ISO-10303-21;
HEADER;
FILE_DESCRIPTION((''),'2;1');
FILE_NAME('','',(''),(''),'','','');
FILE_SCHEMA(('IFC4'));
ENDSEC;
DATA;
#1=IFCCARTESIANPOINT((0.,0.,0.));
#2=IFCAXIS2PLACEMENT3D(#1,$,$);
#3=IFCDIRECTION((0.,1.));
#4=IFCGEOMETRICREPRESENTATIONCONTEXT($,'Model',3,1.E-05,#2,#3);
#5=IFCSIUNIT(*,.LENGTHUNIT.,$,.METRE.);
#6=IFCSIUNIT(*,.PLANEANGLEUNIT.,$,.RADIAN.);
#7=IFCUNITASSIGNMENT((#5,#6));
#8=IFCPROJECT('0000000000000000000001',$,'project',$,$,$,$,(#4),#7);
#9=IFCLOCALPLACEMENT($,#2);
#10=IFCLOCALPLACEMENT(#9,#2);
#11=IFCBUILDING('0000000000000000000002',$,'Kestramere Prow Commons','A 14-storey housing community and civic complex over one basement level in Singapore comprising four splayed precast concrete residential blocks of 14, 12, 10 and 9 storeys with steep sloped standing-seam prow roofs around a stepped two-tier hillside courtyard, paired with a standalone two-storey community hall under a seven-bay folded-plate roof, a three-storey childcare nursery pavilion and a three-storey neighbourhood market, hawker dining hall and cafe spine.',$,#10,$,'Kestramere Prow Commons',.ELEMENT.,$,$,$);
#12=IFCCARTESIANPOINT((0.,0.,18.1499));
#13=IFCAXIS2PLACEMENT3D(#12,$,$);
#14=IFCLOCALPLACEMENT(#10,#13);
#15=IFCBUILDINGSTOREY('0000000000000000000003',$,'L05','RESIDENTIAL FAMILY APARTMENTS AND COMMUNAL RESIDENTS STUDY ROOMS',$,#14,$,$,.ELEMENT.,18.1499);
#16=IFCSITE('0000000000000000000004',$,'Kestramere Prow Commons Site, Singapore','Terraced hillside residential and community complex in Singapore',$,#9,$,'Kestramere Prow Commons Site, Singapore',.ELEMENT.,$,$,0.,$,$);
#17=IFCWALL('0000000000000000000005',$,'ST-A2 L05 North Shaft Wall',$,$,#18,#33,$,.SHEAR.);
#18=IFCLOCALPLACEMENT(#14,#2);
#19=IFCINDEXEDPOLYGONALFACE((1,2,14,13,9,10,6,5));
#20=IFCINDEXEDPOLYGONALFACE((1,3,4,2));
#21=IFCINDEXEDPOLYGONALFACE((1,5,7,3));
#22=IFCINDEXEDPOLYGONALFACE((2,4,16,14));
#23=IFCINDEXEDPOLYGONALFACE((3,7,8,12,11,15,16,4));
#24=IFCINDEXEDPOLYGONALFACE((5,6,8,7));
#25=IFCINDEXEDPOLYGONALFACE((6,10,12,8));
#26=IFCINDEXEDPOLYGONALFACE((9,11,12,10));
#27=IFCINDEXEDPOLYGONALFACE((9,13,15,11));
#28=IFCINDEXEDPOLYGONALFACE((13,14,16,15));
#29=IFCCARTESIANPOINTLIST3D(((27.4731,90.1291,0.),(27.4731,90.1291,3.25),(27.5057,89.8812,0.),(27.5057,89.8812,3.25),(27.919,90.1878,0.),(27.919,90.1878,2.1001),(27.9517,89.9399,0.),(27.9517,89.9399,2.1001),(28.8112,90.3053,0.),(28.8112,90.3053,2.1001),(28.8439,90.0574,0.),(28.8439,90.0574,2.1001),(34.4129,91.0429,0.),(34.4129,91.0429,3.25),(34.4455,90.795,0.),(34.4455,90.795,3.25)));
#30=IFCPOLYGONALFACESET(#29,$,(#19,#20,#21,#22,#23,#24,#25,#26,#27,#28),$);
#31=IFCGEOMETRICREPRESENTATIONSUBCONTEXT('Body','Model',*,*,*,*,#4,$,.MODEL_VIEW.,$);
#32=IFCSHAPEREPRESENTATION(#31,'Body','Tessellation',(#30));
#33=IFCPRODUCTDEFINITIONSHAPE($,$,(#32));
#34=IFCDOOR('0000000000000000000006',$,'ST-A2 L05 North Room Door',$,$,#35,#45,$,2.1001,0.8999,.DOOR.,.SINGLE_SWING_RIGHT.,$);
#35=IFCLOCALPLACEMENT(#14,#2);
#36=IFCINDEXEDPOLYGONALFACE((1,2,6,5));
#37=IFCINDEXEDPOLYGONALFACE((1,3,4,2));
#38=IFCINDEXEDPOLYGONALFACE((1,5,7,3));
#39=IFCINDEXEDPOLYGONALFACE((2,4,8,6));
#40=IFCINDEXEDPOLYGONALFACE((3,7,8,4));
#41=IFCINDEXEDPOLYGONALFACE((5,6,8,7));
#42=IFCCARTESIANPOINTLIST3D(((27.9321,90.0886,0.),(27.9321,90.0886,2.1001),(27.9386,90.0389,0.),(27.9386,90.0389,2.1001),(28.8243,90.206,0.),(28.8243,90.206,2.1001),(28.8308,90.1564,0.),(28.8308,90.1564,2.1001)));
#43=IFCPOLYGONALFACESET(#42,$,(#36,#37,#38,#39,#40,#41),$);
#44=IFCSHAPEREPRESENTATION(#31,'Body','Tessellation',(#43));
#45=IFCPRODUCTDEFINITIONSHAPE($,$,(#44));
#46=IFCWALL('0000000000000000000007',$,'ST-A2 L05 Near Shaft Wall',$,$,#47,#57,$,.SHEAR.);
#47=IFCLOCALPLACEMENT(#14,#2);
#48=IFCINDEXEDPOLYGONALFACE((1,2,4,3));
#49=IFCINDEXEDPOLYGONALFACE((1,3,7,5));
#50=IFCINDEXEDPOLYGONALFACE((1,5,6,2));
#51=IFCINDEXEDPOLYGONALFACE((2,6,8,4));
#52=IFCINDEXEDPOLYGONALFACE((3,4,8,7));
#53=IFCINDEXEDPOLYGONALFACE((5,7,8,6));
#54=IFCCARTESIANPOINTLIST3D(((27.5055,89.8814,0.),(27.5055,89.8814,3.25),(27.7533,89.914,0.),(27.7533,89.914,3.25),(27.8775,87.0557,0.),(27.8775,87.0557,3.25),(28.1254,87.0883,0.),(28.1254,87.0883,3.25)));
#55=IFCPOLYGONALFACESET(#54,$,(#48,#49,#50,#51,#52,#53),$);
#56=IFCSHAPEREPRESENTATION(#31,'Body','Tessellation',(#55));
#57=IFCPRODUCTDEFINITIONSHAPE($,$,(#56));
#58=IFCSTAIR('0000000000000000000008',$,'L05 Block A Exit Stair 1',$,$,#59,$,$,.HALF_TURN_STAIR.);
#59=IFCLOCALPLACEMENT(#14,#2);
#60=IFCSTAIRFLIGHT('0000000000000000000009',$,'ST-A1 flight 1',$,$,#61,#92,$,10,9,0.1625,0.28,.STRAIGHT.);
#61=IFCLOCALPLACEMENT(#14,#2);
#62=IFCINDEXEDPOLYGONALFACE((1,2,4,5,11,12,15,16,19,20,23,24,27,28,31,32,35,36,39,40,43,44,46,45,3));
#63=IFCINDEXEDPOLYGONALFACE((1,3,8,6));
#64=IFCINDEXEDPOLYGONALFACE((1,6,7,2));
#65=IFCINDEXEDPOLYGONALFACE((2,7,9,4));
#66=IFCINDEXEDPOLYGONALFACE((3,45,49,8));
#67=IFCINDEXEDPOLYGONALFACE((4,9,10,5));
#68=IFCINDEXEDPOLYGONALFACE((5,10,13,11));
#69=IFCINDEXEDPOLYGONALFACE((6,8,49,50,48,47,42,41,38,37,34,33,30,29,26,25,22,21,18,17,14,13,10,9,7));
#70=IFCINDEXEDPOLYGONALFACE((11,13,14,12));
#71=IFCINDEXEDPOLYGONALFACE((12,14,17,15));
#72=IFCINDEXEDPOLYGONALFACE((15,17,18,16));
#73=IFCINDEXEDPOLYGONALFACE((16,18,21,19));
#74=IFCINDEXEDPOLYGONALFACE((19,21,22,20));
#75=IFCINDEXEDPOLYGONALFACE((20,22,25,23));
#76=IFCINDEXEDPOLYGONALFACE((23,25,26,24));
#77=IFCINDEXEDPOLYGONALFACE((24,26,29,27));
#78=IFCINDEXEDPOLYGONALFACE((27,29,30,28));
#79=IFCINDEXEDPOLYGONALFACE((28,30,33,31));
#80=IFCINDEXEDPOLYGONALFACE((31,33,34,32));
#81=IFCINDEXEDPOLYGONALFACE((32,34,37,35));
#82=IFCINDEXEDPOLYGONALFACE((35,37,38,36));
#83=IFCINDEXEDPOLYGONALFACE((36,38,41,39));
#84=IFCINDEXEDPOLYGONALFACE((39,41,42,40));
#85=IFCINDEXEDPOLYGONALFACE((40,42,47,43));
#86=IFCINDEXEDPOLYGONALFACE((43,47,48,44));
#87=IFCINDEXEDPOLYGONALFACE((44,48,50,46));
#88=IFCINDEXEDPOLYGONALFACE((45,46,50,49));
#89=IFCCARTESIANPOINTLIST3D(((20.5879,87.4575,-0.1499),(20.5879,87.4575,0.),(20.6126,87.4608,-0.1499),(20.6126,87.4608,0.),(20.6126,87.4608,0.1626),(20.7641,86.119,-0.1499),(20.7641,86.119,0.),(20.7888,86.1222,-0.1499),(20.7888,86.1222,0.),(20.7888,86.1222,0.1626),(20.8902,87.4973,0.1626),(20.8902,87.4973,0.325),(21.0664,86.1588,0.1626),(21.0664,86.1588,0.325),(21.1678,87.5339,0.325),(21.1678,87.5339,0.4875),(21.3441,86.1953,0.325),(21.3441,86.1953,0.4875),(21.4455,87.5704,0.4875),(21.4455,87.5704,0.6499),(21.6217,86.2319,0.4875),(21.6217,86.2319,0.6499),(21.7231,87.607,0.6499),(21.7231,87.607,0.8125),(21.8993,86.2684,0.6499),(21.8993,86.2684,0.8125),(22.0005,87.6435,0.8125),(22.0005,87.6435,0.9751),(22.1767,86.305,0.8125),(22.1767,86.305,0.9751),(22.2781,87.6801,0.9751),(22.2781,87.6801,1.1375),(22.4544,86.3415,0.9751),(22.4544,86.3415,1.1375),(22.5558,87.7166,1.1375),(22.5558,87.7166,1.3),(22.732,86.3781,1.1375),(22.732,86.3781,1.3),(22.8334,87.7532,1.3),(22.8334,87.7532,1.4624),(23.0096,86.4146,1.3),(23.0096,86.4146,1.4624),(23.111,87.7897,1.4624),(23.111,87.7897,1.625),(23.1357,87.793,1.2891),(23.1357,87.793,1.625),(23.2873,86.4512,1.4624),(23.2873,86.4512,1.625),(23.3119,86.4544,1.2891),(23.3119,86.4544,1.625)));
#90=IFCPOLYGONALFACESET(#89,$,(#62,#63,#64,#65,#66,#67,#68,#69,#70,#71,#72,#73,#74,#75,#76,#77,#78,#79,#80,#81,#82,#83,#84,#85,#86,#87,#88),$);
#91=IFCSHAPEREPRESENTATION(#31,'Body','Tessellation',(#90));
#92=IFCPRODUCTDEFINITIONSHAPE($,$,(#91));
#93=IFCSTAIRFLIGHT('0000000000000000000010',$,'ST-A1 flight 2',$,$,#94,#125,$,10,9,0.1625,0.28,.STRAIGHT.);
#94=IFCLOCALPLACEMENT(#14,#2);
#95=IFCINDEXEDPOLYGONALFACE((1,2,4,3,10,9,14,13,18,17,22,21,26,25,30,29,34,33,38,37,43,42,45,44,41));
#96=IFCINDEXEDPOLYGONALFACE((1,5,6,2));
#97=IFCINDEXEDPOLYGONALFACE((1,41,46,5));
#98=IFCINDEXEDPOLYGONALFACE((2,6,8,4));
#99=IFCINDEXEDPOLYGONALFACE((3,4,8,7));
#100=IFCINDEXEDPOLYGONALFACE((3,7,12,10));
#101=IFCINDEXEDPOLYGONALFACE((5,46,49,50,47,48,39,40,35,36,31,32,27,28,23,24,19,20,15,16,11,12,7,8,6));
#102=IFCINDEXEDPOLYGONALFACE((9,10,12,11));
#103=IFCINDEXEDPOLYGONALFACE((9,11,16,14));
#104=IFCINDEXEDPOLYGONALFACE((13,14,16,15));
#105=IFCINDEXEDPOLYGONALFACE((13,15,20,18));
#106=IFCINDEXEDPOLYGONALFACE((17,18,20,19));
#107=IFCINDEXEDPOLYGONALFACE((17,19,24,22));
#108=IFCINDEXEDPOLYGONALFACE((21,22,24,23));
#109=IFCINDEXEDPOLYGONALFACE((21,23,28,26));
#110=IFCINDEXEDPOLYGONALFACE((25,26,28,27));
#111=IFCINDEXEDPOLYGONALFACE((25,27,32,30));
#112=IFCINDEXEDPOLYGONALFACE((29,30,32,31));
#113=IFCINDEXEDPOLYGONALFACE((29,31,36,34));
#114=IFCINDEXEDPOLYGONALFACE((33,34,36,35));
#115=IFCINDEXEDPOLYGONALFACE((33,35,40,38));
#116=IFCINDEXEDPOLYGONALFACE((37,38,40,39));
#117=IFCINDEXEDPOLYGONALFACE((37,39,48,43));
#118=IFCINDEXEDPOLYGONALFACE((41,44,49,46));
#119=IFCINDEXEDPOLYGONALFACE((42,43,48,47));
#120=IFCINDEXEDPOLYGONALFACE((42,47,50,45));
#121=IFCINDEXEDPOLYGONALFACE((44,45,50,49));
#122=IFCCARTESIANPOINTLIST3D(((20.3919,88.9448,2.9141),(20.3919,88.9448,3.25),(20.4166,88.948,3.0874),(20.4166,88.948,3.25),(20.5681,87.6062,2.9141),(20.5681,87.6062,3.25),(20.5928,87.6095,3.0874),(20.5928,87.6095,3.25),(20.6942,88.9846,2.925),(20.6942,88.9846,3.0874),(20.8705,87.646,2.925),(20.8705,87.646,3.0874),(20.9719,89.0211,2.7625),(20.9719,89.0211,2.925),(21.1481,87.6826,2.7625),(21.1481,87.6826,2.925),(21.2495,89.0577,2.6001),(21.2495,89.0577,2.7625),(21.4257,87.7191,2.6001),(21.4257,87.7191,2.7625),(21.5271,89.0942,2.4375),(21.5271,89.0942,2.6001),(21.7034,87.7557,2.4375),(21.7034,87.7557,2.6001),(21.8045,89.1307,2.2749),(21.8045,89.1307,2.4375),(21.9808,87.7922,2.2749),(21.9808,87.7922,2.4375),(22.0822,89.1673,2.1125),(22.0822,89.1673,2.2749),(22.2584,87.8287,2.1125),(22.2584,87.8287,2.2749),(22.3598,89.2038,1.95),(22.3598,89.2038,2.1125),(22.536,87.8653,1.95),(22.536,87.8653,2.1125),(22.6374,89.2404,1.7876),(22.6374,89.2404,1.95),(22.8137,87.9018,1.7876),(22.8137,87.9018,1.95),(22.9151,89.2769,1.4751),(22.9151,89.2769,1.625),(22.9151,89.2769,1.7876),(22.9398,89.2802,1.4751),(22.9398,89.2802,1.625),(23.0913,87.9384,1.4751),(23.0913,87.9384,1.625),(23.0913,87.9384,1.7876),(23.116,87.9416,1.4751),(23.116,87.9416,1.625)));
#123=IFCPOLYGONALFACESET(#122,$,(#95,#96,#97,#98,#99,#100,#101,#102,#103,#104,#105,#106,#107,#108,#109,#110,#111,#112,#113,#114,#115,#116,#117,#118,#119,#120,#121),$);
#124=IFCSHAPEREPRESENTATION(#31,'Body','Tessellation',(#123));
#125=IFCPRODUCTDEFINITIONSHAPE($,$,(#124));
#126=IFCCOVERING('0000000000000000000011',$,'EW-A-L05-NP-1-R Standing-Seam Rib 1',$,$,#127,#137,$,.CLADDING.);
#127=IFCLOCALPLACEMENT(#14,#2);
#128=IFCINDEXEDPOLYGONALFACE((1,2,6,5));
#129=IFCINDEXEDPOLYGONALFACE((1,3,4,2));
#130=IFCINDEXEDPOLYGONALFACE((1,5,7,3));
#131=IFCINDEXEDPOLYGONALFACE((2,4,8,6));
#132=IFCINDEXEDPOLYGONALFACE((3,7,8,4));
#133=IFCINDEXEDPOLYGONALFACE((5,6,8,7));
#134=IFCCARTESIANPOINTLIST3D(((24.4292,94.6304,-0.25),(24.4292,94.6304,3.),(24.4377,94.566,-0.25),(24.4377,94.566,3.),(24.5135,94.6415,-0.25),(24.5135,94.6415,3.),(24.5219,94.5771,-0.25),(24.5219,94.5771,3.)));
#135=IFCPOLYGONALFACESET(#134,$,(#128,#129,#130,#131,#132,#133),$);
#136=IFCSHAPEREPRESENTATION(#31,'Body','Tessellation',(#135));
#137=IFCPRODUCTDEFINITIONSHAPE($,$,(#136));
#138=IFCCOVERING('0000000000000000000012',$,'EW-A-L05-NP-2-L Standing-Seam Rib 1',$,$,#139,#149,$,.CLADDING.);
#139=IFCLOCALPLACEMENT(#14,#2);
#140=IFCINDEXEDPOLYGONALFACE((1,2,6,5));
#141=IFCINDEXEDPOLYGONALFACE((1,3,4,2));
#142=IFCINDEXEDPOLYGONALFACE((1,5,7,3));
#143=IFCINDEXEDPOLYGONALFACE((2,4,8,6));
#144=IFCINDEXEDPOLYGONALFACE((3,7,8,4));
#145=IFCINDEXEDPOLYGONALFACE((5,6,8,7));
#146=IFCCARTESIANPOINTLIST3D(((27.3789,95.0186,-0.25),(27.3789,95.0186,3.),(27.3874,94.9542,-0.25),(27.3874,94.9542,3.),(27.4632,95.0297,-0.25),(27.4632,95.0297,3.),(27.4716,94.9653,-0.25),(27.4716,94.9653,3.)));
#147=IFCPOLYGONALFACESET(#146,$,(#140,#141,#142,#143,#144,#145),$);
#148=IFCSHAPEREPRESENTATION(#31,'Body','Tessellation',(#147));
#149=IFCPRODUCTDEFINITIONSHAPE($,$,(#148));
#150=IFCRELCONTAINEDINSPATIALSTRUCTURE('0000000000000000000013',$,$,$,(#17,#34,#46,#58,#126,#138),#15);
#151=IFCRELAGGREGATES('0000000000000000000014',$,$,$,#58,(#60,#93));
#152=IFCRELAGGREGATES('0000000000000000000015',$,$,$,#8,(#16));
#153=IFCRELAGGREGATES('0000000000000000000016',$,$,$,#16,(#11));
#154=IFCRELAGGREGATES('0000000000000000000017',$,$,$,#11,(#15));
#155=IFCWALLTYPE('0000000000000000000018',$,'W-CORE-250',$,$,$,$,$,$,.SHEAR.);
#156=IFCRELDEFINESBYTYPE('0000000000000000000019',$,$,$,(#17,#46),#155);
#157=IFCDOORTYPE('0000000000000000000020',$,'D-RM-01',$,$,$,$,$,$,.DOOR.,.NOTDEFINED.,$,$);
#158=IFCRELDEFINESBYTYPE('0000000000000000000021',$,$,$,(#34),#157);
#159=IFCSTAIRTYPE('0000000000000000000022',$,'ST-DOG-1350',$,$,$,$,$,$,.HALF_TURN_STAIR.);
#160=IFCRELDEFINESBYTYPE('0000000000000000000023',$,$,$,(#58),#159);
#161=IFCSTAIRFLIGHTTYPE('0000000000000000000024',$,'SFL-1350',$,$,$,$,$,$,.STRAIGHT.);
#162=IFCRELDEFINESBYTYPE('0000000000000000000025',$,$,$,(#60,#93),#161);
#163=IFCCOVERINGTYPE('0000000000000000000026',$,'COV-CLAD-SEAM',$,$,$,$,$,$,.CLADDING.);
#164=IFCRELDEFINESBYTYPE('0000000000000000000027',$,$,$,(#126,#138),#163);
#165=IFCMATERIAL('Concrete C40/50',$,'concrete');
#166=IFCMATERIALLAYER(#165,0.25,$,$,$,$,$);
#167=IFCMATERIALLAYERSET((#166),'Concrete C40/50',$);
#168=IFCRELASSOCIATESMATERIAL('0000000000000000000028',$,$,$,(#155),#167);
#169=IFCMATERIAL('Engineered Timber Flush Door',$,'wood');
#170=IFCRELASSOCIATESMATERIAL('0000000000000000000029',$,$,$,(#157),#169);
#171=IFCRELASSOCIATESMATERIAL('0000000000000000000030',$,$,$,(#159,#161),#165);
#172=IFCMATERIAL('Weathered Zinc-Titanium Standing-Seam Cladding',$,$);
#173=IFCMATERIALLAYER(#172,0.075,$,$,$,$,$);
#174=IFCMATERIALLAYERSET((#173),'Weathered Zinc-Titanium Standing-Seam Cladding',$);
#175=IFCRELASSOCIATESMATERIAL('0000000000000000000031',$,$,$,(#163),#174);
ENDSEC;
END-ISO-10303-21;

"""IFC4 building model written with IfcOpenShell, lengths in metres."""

from ifc_helpers import new_model, si_unit, direction, frame, frame_2d, origin, origin_2d, place, context, subcontext, project, spatial, polyline, rectangle, outline, extrude, material, layer, layer_set, type_object, element, fill, aggregate, save


model = new_model("IFC4")

# Units and contexts
model_context = context("Model", 3, precision=1e-05, world=origin(), true_north=direction((0.0, 1.0)))
body_context = subcontext(model_context, "Body", "Model", "MODEL_VIEW")
ifc_project = project(units=[si_unit("LENGTHUNIT", "METRE"), si_unit("PLANEANGLEUNIT", "RADIAN")], contexts=[model_context])

# Site, building, storey
site_placement = place(None, origin())
site = spatial("IfcSite", under=ifc_project, at=site_placement, Name="Kestramere Prow Commons Site, Singapore", Description="Terraced hillside residential and community complex in Singapore", LongName="Kestramere Prow Commons Site, Singapore", CompositionType="ELEMENT", RefElevation=0.0)
building_placement = place(site_placement, origin())
building = spatial("IfcBuilding", under=site, at=building_placement, Name="Kestramere Prow Commons", Description="A 14-storey housing community and civic complex over one basement level in Singapore comprising four splayed precast concrete residential blocks of 14, 12, 10 and 9 storeys with steep sloped standing-seam prow roofs around a stepped two-tier hillside courtyard, paired with a standalone two-storey community hall under a seven-bay folded-plate roof, a three-storey childcare nursery pavilion and a three-storey neighbourhood market, hawker dining hall and cafe spine.", LongName="Kestramere Prow Commons", CompositionType="ELEMENT")
storey_placement = place(building_placement, frame((0.0, 0.0, 18.1499)))
storey = spatial("IfcBuildingStorey", under=building, at=storey_placement, Name="L05", Description="RESIDENTIAL FAMILY APARTMENTS AND COMMUNAL RESIDENTS STUDY ROOMS", CompositionType="ELEMENT", Elevation=18.1499)

# Shared definitions
ifc_material_1 = material(Name="Concrete C40/50", Category="concrete")

# Shared definitions
ifc_layer_1 = layer(ifc_material_1, 0.25)
ifc_layer_set_1 = layer_set([ifc_layer_1], Name="Concrete C40/50")
wall_type_1 = type_object("IfcWallType", Name="W-CORE-250", PredefinedType="SHEAR", material=ifc_layer_set_1)

# Wall, opening, door
wall_1_placement = place(storey_placement, frame((27.4893, 90.0051, 0.0), z_axis=(0.0, 0.0, 1.0), x_axis=(0.991442, 0.130548, 0.0)))
wall_1 = element("IfcWall", 1, at=wall_1_placement, inside=storey, type_object=wall_type_1, Name="ST-A2 L05 North Shaft Wall", PredefinedType="SHEAR", context=body_context, shape_type="SweptSolid", body=[
    extrude(rectangle(XDim=6.9998, YDim=0.25, at=frame_2d((3.5, 0.0))), origin(), (0.0, 0.0, 1.0), 3.25),
])
opening_1_placement = place(wall_1_placement, frame((0.45, 0.0, 0.0)))
opening_1 = element("IfcOpeningElement", 2, at=opening_1_placement, cuts=wall_1, PredefinedType="OPENING", context=body_context, shape_type="SweptSolid", body=[
    extrude(rectangle(XDim=0.8999, YDim=2.1001, at=frame_2d((0.45, 1.05))), frame((0.0, 0.1399, 0.0), z_axis=(0.0, -1.0, 0.0), x_axis=(1.0, 0.0, 0.0)), (0.0, 0.0, 1.0), 0.28),
])
ifc_material_2 = material(Name="Engineered Timber Flush Door", Category="wood")
door_type_1 = type_object("IfcDoorType", Name="D-RM-01", OperationType="NOTDEFINED", PredefinedType="DOOR", material=ifc_material_2)
door_1_placement = place(opening_1_placement, origin())
door_1 = element("IfcDoor", 3, at=door_1_placement, inside=storey, type_object=door_type_1, Name="ST-A2 L05 North Room Door", OperationType="SINGLE_SWING_RIGHT", OverallHeight=2.1001, OverallWidth=0.8999, PredefinedType="DOOR", context=body_context, shape_type="SweptSolid", body=[
    extrude(rectangle(XDim=0.8999, YDim=2.1001, at=frame_2d((0.45, 1.05))), frame((0.0, 0.0249, 0.0), z_axis=(0.0, -1.0, 0.0), x_axis=(1.0, 0.0, 0.0)), (0.0, 0.0, 1.0), 0.05),
])
fill(opening_1, door_1)

# Wall
wall_2_placement = place(storey_placement, frame((28.0015, 87.072, 0.0), z_axis=(0.0, 0.0, 1.0), x_axis=(-0.130548, 0.991442, 0.0)))
element("IfcWall", 4, at=wall_2_placement, inside=storey, type_object=wall_type_1, Name="ST-A2 L05 Near Shaft Wall", PredefinedType="SHEAR", context=body_context, shape_type="SweptSolid", body=[
    extrude(rectangle(XDim=2.8501, YDim=0.25, at=frame_2d((1.425, 0.0))), origin(), (0.0, 0.0, 1.0), 3.25),
])

# Stair, stair flights
stair_type = type_object("IfcStairType", Name="ST-DOG-1350", PredefinedType="HALF_TURN_STAIR", material=ifc_material_1)
stair_placement = place(storey_placement, origin())
stair = element("IfcStair", 5, at=stair_placement, inside=storey, type_object=stair_type, Name="L05 Block A Exit Stair 1", PredefinedType="HALF_TURN_STAIR")
stair_flight_type = type_object("IfcStairFlightType", Name="SFL-1350", PredefinedType="STRAIGHT", material=ifc_material_1)
stair_flight_1_placement = place(storey_placement, frame((20.7007, 86.7915, 0.0), z_axis=(0.0, 0.0, 1.0), x_axis=(0.991445, 0.130526, 0.0)))
stair_flight_1 = element("IfcStairFlight", 6, at=stair_flight_1_placement, type_object=stair_flight_type, Name="ST-A1 flight 1", NumberOfRisers=10, NumberOfTreads=9, PredefinedType="STRAIGHT", RiserHeight=0.1625, TreadLength=0.28, context=body_context, shape_type="SweptSolid", body=[
    extrude(outline(polyline([(-0.0249, 0.0), (0.0, 0.0), (0.0, 0.1626), (0.28, 0.1626), (0.28, 0.325), (0.5601, 0.325), (0.5601, 0.4875), (0.8401, 0.4875), (0.8401, 0.6499), (1.1201, 0.6499), (1.1201, 0.8125), (1.3999, 0.8125), (1.3999, 0.9751), (1.6799, 0.9751), (1.6799, 1.1375), (1.96, 1.1375), (1.96, 1.3), (2.24, 1.3), (2.24, 1.4624), (2.52, 1.4624), (2.52, 1.625), (2.5449, 1.625), (2.5449, 1.2891), (0.0, -0.1499), (-0.0249, -0.1499), (-0.0249, 0.0)])), frame((0.0, 0.675, 0.0), z_axis=(0.0, -1.0, 0.0), x_axis=(1.0, 0.0, 0.0)), (0.0, 0.0, 1.0), 1.3501),
])
stair_flight_2_placement = place(storey_placement, frame((23.0032, 88.6077, 1.625), z_axis=(0.0, 0.0, 1.0), x_axis=(-0.991445, -0.130526, 0.0)))
stair_flight_2 = element("IfcStairFlight", 7, at=stair_flight_2_placement, type_object=stair_flight_type, Name="ST-A1 flight 2", NumberOfRisers=10, NumberOfTreads=9, PredefinedType="STRAIGHT", RiserHeight=0.1625, TreadLength=0.28, context=body_context, shape_type="SweptSolid", body=[
    extrude(outline(polyline([(-0.0249, 0.0), (0.0, 0.0), (0.0, 0.1626), (0.28, 0.1626), (0.28, 0.325), (0.5601, 0.325), (0.5601, 0.4875), (0.8401, 0.4875), (0.8401, 0.6499), (1.1201, 0.6499), (1.1201, 0.8125), (1.3999, 0.8125), (1.3999, 0.9751), (1.6799, 0.9751), (1.6799, 1.1375), (1.96, 1.1375), (1.96, 1.3), (2.24, 1.3), (2.24, 1.4624), (2.52, 1.4624), (2.52, 1.625), (2.5449, 1.625), (2.5449, 1.2891), (0.0, -0.1499), (-0.0249, -0.1499), (-0.0249, 0.0)])), frame((0.0, 0.675, 0.0), z_axis=(0.0, -1.0, 0.0), x_axis=(1.0, 0.0, 0.0)), (0.0, 0.0, 1.0), 1.3501),
])
aggregate(stair, [stair_flight_1, stair_flight_2])

# Coverings
ifc_material_3 = material(Name="Weathered Zinc-Titanium Standing-Seam Cladding")
ifc_layer_2 = layer(ifc_material_3, 0.075)
ifc_layer_set_2 = layer_set([ifc_layer_2], Name="Weathered Zinc-Titanium Standing-Seam Cladding")
covering_type = type_object("IfcCoveringType", Name="COV-CLAD-SEAM", PredefinedType="CLADDING", material=ifc_layer_set_2)
for number, where, z_axis, x_axis, name in (
    (8, (24.4756, 94.6038, -0.25), (0.0, 0.0, 1.0), (0.991445, 0.130526, 0.0), "EW-A-L05-NP-1-R Standing-Seam Rib 1"),
    (9, (27.4253, 94.9919, -0.25), (0.0, 0.0, 1.0), (0.991445, 0.130526, 0.0), "EW-A-L05-NP-2-L Standing-Seam Rib 1"),
):
    element("IfcCovering", number, at=place(storey_placement, frame(where, z_axis=z_axis, x_axis=x_axis)), inside=storey, type_object=covering_type, Name=name, PredefinedType="CLADDING", context=body_context, shape_type="SweptSolid", body=[
        extrude(rectangle(XDim=0.085, YDim=0.0649, at=origin_2d()), origin(), (0.0, 0.0, 1.0), 3.25),
    ])

save(model, "model.ifc")
